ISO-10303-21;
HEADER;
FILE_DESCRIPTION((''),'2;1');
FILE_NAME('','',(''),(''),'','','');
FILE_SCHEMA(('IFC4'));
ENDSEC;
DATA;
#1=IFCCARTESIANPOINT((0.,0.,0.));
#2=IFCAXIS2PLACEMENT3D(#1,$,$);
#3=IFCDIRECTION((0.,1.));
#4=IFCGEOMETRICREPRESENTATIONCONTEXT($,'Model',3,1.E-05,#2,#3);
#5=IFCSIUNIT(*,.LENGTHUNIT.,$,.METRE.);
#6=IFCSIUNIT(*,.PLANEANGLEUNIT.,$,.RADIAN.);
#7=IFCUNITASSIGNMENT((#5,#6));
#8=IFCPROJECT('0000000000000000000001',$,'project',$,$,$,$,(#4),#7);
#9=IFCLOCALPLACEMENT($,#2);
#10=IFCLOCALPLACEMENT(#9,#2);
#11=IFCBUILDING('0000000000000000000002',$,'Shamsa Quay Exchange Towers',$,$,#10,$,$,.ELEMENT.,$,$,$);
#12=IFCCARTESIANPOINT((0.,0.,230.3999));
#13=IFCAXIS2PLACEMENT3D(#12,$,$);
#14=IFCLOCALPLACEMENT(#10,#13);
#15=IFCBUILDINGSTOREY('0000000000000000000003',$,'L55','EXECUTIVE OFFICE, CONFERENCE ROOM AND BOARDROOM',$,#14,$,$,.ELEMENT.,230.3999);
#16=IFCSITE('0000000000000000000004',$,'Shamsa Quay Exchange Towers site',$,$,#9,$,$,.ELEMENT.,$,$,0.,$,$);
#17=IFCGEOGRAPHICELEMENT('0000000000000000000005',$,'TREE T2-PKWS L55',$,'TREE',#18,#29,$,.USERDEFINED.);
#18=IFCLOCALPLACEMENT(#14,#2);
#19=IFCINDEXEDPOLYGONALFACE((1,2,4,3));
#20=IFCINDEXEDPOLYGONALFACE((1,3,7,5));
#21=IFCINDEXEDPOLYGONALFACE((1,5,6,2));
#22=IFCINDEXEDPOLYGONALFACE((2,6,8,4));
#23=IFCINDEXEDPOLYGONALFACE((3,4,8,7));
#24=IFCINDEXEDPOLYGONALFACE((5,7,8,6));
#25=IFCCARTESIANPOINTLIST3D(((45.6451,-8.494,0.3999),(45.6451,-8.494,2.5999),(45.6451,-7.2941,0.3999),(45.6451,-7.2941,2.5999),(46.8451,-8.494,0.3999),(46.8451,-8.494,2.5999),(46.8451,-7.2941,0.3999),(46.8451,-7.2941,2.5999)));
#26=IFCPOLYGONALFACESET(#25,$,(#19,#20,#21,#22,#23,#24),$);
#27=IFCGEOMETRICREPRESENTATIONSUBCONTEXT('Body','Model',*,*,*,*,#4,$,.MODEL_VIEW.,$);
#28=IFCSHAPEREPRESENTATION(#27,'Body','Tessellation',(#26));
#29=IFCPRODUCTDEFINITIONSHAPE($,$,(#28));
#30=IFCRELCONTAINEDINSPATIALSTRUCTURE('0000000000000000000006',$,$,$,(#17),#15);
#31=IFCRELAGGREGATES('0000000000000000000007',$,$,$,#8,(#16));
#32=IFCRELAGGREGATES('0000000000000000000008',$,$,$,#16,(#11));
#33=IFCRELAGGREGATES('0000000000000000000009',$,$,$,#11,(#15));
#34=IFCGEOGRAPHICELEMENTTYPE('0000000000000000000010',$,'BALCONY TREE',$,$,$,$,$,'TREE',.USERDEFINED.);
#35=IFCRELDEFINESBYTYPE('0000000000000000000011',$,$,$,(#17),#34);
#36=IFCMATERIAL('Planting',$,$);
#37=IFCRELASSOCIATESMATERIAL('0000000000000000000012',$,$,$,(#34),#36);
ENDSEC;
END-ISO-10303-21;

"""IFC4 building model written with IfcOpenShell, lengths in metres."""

from ifc_helpers import new_model, si_unit, direction, frame, origin, origin_2d, place, context, subcontext, project, spatial, rectangle, extrude, material, type_object, element, save


model = new_model("IFC4")

# Units and contexts
model_context = context("Model", 3, precision=1e-05, world=origin(), true_north=direction((0.0, 1.0)))
body_context = subcontext(model_context, "Body", "Model", "MODEL_VIEW")
ifc_project = project(units=[si_unit("LENGTHUNIT", "METRE"), si_unit("PLANEANGLEUNIT", "RADIAN")], contexts=[model_context])

# Site, building, storey
site_placement = place(None, origin())
site = spatial("IfcSite", under=ifc_project, at=site_placement, Name="Shamsa Quay Exchange Towers site", CompositionType="ELEMENT", RefElevation=0.0)
building_placement = place(site_placement, origin())
building = spatial("IfcBuilding", under=site, at=building_placement, Name="Shamsa Quay Exchange Towers", CompositionType="ELEMENT")
storey_placement = place(building_placement, frame((0.0, 0.0, 230.3999)))
storey = spatial("IfcBuildingStorey", under=building, at=storey_placement, Name="L55", Description="EXECUTIVE OFFICE, CONFERENCE ROOM AND BOARDROOM", CompositionType="ELEMENT", Elevation=230.3999)

# Geographic element
ifc_material_1 = material(Name="Planting")
geographic_element_type = type_object("IfcGeographicElementType", Name="BALCONY TREE", ElementType="TREE", PredefinedType="USERDEFINED", material=ifc_material_1)
geographic_element_placement = place(storey_placement, frame((46.2451, -7.894, 0.3999), z_axis=(0.0, 0.0, 1.0), x_axis=(0.0, 1.0, 0.0)))
element("IfcGeographicElement", 1, at=geographic_element_placement, inside=storey, type_object=geographic_element_type, Name="TREE T2-PKWS L55", ObjectType="TREE", PredefinedType="USERDEFINED", context=body_context, shape_type="SweptSolid", body=[
    extrude(rectangle(XDim=1.2, YDim=1.2, at=origin_2d()), origin(), (0.0, 0.0, 1.0), 2.2),
])

save(model, "model.ifc")
